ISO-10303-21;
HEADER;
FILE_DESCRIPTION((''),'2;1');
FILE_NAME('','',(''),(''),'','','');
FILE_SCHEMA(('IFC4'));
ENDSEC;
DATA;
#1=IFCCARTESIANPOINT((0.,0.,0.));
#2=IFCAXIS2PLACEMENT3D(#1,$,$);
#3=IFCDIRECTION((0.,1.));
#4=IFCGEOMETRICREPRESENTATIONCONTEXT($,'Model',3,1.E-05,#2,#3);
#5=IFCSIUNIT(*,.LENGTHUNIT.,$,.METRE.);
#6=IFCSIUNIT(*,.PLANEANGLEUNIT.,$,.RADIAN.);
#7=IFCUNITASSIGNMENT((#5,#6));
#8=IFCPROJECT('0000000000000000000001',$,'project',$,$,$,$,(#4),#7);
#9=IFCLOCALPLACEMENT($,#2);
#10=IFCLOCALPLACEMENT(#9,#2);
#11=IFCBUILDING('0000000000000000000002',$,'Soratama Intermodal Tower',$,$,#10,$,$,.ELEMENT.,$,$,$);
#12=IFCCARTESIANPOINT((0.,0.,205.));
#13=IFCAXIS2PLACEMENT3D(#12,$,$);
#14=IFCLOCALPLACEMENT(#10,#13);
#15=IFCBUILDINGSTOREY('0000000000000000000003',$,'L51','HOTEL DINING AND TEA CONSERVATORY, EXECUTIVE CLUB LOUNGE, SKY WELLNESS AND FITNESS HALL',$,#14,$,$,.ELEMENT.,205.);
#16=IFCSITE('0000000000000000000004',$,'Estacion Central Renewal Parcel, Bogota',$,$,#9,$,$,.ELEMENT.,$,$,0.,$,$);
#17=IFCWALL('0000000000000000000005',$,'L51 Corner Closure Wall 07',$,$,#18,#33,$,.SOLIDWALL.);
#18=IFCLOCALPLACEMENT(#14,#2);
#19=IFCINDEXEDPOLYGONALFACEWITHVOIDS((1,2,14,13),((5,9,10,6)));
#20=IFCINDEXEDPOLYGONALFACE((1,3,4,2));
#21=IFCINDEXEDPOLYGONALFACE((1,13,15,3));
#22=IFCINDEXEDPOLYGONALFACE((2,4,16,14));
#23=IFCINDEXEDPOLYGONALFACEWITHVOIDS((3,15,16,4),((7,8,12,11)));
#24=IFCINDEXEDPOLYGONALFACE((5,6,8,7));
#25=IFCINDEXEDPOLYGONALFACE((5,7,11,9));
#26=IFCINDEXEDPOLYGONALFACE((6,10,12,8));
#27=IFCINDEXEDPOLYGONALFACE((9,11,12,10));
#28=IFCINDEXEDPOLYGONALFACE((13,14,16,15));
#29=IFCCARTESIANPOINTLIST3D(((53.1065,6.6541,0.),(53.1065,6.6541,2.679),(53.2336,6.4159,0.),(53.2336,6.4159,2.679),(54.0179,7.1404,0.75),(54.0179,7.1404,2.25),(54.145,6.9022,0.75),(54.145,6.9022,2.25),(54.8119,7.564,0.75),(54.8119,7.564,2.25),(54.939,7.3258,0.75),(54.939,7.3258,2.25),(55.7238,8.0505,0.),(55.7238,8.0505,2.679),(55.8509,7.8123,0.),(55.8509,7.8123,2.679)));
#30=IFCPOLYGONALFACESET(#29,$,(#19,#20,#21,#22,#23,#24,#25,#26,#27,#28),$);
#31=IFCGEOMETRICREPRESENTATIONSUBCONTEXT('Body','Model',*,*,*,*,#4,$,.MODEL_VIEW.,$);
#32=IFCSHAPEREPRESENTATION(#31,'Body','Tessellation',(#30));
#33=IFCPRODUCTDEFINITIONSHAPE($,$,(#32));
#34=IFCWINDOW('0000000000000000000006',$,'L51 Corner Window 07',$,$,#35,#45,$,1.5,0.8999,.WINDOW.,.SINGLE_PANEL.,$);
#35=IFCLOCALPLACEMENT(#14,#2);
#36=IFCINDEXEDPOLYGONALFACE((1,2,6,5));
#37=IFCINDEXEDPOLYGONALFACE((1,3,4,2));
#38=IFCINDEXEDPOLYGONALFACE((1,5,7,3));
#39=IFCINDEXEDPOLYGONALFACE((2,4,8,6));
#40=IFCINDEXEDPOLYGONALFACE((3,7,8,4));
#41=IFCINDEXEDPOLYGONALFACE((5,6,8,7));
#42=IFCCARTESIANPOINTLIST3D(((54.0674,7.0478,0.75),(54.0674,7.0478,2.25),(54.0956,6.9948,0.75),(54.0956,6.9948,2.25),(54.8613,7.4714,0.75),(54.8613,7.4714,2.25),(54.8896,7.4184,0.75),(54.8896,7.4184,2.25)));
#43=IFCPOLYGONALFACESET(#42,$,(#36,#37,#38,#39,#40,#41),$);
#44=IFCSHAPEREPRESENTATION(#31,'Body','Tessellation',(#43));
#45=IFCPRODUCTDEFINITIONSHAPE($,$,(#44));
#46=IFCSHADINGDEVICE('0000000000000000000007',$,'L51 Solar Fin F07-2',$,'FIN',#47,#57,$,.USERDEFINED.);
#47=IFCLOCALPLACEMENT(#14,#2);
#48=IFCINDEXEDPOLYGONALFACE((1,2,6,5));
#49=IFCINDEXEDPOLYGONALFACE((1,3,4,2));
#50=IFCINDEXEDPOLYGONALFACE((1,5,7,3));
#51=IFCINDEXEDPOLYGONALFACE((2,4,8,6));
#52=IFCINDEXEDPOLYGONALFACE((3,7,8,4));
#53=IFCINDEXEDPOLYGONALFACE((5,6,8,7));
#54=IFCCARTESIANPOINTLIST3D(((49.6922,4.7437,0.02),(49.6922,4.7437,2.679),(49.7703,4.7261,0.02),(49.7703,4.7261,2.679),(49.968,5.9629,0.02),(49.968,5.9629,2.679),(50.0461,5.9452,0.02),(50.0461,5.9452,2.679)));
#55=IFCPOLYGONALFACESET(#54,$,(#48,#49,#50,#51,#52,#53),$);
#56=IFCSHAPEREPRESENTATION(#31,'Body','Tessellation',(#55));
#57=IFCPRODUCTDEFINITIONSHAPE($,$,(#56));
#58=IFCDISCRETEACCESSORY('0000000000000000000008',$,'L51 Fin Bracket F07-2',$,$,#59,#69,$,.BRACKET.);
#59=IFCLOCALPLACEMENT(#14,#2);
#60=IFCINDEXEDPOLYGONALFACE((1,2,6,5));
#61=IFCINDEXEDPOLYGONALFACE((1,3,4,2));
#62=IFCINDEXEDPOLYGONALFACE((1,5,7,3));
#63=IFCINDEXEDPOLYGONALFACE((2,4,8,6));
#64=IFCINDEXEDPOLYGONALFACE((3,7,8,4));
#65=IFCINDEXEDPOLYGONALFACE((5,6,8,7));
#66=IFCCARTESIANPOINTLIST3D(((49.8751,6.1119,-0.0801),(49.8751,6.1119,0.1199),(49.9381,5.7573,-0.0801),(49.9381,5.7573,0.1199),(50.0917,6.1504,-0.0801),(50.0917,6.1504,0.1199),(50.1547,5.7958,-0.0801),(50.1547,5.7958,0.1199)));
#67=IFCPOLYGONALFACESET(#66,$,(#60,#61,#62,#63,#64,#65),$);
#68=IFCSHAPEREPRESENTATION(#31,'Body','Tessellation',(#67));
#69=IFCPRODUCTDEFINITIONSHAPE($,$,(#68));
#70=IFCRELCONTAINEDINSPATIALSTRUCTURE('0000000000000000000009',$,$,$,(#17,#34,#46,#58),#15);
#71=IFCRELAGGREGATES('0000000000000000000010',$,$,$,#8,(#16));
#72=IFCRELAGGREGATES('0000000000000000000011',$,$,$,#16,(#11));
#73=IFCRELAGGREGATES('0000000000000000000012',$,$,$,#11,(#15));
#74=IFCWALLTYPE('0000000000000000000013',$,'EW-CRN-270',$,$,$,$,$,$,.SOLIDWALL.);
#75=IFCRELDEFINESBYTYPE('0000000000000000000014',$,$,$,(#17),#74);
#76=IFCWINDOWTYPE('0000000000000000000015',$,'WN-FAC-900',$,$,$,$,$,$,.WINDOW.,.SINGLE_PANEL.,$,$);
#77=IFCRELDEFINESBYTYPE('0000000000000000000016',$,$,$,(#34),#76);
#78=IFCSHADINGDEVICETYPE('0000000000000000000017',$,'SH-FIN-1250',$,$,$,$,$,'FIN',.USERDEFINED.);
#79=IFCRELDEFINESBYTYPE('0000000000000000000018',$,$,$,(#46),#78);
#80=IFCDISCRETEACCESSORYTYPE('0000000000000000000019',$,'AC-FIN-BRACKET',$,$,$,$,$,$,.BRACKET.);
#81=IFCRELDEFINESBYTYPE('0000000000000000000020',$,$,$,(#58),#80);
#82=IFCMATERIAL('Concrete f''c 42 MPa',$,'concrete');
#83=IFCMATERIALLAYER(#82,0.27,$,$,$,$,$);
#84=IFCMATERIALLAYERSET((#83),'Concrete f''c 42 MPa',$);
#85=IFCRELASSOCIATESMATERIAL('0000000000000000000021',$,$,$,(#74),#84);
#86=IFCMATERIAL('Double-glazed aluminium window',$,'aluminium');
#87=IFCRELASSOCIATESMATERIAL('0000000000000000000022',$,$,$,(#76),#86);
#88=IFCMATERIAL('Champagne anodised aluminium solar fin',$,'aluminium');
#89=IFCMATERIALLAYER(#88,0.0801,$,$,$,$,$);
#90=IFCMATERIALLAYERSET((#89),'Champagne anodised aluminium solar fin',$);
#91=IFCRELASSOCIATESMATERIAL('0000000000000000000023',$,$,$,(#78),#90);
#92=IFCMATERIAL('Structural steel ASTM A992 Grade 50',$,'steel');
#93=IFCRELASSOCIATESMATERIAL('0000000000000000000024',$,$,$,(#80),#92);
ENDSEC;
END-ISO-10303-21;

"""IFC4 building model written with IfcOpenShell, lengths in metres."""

from ifc_helpers import new_model, si_unit, direction, frame, frame_2d, origin, origin_2d, place, context, subcontext, project, spatial, rectangle, extrude, material, layer, layer_set, type_object, element, fill, save


model = new_model("IFC4")

# Units and contexts
model_context = context("Model", 3, precision=1e-05, world=origin(), true_north=direction((0.0, 1.0)))
body_context = subcontext(model_context, "Body", "Model", "MODEL_VIEW")
ifc_project = project(units=[si_unit("LENGTHUNIT", "METRE"), si_unit("PLANEANGLEUNIT", "RADIAN")], contexts=[model_context])

# Site, building, storey
site_placement = place(None, origin())
site = spatial("IfcSite", under=ifc_project, at=site_placement, Name="Estacion Central Renewal Parcel, Bogota", CompositionType="ELEMENT", RefElevation=0.0)
building_placement = place(site_placement, origin())
building = spatial("IfcBuilding", under=site, at=building_placement, Name="Soratama Intermodal Tower", CompositionType="ELEMENT")
storey_placement = place(building_placement, frame((0.0, 0.0, 205.0)))
storey = spatial("IfcBuildingStorey", under=building, at=storey_placement, Name="L51", Description="HOTEL DINING AND TEA CONSERVATORY, EXECUTIVE CLUB LOUNGE, SKY WELLNESS AND FITNESS HALL", CompositionType="ELEMENT", Elevation=205.0)

# Wall, opening, window
ifc_material_1 = material(Name="Concrete f'c 42 MPa", Category="concrete")
ifc_layer_1 = layer(ifc_material_1, 0.27)
ifc_layer_set_1 = layer_set([ifc_layer_1], Name="Concrete f'c 42 MPa")
wall_type = type_object("IfcWallType", Name="EW-CRN-270", PredefinedType="SOLIDWALL", material=ifc_layer_set_1)
wall_placement = place(storey_placement, frame((53.1699, 6.5349, 0.0), z_axis=(0.0, 0.0, 1.0), x_axis=(0.88228, 0.470725, 0.0)))
wall = element("IfcWall", 1, at=wall_placement, inside=storey, type_object=wall_type, Name="L51 Corner Closure Wall 07", PredefinedType="SOLIDWALL", context=body_context, shape_type="SweptSolid", body=[
    extrude(rectangle(XDim=2.9666, YDim=0.27, at=frame_2d((1.4834, 0.0))), origin(), (0.0, 0.0, 1.0), 2.679),
])
opening_placement = place(wall_placement, frame((1.0332, 0.0, 0.75)))
opening = element("IfcOpeningElement", 2, at=opening_placement, cuts=wall, PredefinedType="OPENING", context=body_context, shape_type="SweptSolid", body=[
    extrude(rectangle(XDim=0.8999, YDim=1.5, at=frame_2d((0.45, 0.75))), frame((0.0, 0.145, 0.0), z_axis=(0.0, -1.0, 0.0), x_axis=(1.0, 0.0, 0.0)), (0.0, 0.0, 1.0), 0.29),
])
ifc_material_2 = material(Name="Double-glazed aluminium window", Category="aluminium")
window_type = type_object("IfcWindowType", Name="WN-FAC-900", PartitioningType="SINGLE_PANEL", PredefinedType="WINDOW", material=ifc_material_2)
window_placement = place(opening_placement, origin())
window = element("IfcWindow", 3, at=window_placement, inside=storey, type_object=window_type, Name="L51 Corner Window 07", OverallHeight=1.5, OverallWidth=0.8999, PartitioningType="SINGLE_PANEL", PredefinedType="WINDOW", context=body_context, shape_type="SweptSolid", body=[
    extrude(rectangle(XDim=0.8999, YDim=1.5, at=frame_2d((0.45, 0.75))), frame((0.0, 0.03, 0.0), z_axis=(0.0, -1.0, 0.0), x_axis=(1.0, 0.0, 0.0)), (0.0, 0.0, 1.0), 0.0601),
])
fill(opening, window)

# Shading device
ifc_material_3 = material(Name="Champagne anodised aluminium solar fin", Category="aluminium")
ifc_layer_2 = layer(ifc_material_3, 0.0801)
ifc_layer_set_2 = layer_set([ifc_layer_2], Name="Champagne anodised aluminium solar fin")
shading_device_type = type_object("IfcShadingDeviceType", Name="SH-FIN-1250", ElementType="FIN", PredefinedType="USERDEFINED", material=ifc_layer_set_2)
shading_device_placement = place(storey_placement, frame((49.8691, 5.3445, 0.02), z_axis=(0.0, 0.0, 1.0), x_axis=(-0.220697, -0.975342, 0.0)))
element("IfcShadingDevice", 4, at=shading_device_placement, inside=storey, type_object=shading_device_type, Name="L51 Solar Fin F07-2", ObjectType="FIN", PredefinedType="USERDEFINED", context=body_context, shape_type="SweptSolid", body=[
    extrude(rectangle(XDim=1.25, YDim=0.0801, at=origin_2d()), origin(), (0.0, 0.0, 1.0), 2.6589),
])

# Discrete accessory
ifc_material_4 = material(Name="Structural steel ASTM A992 Grade 50", Category="steel")
discrete_accessory_type = type_object("IfcDiscreteAccessoryType", Name="AC-FIN-BRACKET", PredefinedType="BRACKET", material=ifc_material_4)
discrete_accessory_placement = place(storey_placement, frame((50.0149, 5.9539, -0.0801), z_axis=(0.0, 0.0, 1.0), x_axis=(0.175023, -0.984564, 0.0)))
element("IfcDiscreteAccessory", 5, at=discrete_accessory_placement, inside=storey, type_object=discrete_accessory_type, Name="L51 Fin Bracket F07-2", PredefinedType="BRACKET", context=body_context, shape_type="SweptSolid", body=[
    extrude(rectangle(XDim=0.3601, YDim=0.22, at=origin_2d()), origin(), (0.0, 0.0, 1.0), 0.2),
])

save(model, "model.ifc")
